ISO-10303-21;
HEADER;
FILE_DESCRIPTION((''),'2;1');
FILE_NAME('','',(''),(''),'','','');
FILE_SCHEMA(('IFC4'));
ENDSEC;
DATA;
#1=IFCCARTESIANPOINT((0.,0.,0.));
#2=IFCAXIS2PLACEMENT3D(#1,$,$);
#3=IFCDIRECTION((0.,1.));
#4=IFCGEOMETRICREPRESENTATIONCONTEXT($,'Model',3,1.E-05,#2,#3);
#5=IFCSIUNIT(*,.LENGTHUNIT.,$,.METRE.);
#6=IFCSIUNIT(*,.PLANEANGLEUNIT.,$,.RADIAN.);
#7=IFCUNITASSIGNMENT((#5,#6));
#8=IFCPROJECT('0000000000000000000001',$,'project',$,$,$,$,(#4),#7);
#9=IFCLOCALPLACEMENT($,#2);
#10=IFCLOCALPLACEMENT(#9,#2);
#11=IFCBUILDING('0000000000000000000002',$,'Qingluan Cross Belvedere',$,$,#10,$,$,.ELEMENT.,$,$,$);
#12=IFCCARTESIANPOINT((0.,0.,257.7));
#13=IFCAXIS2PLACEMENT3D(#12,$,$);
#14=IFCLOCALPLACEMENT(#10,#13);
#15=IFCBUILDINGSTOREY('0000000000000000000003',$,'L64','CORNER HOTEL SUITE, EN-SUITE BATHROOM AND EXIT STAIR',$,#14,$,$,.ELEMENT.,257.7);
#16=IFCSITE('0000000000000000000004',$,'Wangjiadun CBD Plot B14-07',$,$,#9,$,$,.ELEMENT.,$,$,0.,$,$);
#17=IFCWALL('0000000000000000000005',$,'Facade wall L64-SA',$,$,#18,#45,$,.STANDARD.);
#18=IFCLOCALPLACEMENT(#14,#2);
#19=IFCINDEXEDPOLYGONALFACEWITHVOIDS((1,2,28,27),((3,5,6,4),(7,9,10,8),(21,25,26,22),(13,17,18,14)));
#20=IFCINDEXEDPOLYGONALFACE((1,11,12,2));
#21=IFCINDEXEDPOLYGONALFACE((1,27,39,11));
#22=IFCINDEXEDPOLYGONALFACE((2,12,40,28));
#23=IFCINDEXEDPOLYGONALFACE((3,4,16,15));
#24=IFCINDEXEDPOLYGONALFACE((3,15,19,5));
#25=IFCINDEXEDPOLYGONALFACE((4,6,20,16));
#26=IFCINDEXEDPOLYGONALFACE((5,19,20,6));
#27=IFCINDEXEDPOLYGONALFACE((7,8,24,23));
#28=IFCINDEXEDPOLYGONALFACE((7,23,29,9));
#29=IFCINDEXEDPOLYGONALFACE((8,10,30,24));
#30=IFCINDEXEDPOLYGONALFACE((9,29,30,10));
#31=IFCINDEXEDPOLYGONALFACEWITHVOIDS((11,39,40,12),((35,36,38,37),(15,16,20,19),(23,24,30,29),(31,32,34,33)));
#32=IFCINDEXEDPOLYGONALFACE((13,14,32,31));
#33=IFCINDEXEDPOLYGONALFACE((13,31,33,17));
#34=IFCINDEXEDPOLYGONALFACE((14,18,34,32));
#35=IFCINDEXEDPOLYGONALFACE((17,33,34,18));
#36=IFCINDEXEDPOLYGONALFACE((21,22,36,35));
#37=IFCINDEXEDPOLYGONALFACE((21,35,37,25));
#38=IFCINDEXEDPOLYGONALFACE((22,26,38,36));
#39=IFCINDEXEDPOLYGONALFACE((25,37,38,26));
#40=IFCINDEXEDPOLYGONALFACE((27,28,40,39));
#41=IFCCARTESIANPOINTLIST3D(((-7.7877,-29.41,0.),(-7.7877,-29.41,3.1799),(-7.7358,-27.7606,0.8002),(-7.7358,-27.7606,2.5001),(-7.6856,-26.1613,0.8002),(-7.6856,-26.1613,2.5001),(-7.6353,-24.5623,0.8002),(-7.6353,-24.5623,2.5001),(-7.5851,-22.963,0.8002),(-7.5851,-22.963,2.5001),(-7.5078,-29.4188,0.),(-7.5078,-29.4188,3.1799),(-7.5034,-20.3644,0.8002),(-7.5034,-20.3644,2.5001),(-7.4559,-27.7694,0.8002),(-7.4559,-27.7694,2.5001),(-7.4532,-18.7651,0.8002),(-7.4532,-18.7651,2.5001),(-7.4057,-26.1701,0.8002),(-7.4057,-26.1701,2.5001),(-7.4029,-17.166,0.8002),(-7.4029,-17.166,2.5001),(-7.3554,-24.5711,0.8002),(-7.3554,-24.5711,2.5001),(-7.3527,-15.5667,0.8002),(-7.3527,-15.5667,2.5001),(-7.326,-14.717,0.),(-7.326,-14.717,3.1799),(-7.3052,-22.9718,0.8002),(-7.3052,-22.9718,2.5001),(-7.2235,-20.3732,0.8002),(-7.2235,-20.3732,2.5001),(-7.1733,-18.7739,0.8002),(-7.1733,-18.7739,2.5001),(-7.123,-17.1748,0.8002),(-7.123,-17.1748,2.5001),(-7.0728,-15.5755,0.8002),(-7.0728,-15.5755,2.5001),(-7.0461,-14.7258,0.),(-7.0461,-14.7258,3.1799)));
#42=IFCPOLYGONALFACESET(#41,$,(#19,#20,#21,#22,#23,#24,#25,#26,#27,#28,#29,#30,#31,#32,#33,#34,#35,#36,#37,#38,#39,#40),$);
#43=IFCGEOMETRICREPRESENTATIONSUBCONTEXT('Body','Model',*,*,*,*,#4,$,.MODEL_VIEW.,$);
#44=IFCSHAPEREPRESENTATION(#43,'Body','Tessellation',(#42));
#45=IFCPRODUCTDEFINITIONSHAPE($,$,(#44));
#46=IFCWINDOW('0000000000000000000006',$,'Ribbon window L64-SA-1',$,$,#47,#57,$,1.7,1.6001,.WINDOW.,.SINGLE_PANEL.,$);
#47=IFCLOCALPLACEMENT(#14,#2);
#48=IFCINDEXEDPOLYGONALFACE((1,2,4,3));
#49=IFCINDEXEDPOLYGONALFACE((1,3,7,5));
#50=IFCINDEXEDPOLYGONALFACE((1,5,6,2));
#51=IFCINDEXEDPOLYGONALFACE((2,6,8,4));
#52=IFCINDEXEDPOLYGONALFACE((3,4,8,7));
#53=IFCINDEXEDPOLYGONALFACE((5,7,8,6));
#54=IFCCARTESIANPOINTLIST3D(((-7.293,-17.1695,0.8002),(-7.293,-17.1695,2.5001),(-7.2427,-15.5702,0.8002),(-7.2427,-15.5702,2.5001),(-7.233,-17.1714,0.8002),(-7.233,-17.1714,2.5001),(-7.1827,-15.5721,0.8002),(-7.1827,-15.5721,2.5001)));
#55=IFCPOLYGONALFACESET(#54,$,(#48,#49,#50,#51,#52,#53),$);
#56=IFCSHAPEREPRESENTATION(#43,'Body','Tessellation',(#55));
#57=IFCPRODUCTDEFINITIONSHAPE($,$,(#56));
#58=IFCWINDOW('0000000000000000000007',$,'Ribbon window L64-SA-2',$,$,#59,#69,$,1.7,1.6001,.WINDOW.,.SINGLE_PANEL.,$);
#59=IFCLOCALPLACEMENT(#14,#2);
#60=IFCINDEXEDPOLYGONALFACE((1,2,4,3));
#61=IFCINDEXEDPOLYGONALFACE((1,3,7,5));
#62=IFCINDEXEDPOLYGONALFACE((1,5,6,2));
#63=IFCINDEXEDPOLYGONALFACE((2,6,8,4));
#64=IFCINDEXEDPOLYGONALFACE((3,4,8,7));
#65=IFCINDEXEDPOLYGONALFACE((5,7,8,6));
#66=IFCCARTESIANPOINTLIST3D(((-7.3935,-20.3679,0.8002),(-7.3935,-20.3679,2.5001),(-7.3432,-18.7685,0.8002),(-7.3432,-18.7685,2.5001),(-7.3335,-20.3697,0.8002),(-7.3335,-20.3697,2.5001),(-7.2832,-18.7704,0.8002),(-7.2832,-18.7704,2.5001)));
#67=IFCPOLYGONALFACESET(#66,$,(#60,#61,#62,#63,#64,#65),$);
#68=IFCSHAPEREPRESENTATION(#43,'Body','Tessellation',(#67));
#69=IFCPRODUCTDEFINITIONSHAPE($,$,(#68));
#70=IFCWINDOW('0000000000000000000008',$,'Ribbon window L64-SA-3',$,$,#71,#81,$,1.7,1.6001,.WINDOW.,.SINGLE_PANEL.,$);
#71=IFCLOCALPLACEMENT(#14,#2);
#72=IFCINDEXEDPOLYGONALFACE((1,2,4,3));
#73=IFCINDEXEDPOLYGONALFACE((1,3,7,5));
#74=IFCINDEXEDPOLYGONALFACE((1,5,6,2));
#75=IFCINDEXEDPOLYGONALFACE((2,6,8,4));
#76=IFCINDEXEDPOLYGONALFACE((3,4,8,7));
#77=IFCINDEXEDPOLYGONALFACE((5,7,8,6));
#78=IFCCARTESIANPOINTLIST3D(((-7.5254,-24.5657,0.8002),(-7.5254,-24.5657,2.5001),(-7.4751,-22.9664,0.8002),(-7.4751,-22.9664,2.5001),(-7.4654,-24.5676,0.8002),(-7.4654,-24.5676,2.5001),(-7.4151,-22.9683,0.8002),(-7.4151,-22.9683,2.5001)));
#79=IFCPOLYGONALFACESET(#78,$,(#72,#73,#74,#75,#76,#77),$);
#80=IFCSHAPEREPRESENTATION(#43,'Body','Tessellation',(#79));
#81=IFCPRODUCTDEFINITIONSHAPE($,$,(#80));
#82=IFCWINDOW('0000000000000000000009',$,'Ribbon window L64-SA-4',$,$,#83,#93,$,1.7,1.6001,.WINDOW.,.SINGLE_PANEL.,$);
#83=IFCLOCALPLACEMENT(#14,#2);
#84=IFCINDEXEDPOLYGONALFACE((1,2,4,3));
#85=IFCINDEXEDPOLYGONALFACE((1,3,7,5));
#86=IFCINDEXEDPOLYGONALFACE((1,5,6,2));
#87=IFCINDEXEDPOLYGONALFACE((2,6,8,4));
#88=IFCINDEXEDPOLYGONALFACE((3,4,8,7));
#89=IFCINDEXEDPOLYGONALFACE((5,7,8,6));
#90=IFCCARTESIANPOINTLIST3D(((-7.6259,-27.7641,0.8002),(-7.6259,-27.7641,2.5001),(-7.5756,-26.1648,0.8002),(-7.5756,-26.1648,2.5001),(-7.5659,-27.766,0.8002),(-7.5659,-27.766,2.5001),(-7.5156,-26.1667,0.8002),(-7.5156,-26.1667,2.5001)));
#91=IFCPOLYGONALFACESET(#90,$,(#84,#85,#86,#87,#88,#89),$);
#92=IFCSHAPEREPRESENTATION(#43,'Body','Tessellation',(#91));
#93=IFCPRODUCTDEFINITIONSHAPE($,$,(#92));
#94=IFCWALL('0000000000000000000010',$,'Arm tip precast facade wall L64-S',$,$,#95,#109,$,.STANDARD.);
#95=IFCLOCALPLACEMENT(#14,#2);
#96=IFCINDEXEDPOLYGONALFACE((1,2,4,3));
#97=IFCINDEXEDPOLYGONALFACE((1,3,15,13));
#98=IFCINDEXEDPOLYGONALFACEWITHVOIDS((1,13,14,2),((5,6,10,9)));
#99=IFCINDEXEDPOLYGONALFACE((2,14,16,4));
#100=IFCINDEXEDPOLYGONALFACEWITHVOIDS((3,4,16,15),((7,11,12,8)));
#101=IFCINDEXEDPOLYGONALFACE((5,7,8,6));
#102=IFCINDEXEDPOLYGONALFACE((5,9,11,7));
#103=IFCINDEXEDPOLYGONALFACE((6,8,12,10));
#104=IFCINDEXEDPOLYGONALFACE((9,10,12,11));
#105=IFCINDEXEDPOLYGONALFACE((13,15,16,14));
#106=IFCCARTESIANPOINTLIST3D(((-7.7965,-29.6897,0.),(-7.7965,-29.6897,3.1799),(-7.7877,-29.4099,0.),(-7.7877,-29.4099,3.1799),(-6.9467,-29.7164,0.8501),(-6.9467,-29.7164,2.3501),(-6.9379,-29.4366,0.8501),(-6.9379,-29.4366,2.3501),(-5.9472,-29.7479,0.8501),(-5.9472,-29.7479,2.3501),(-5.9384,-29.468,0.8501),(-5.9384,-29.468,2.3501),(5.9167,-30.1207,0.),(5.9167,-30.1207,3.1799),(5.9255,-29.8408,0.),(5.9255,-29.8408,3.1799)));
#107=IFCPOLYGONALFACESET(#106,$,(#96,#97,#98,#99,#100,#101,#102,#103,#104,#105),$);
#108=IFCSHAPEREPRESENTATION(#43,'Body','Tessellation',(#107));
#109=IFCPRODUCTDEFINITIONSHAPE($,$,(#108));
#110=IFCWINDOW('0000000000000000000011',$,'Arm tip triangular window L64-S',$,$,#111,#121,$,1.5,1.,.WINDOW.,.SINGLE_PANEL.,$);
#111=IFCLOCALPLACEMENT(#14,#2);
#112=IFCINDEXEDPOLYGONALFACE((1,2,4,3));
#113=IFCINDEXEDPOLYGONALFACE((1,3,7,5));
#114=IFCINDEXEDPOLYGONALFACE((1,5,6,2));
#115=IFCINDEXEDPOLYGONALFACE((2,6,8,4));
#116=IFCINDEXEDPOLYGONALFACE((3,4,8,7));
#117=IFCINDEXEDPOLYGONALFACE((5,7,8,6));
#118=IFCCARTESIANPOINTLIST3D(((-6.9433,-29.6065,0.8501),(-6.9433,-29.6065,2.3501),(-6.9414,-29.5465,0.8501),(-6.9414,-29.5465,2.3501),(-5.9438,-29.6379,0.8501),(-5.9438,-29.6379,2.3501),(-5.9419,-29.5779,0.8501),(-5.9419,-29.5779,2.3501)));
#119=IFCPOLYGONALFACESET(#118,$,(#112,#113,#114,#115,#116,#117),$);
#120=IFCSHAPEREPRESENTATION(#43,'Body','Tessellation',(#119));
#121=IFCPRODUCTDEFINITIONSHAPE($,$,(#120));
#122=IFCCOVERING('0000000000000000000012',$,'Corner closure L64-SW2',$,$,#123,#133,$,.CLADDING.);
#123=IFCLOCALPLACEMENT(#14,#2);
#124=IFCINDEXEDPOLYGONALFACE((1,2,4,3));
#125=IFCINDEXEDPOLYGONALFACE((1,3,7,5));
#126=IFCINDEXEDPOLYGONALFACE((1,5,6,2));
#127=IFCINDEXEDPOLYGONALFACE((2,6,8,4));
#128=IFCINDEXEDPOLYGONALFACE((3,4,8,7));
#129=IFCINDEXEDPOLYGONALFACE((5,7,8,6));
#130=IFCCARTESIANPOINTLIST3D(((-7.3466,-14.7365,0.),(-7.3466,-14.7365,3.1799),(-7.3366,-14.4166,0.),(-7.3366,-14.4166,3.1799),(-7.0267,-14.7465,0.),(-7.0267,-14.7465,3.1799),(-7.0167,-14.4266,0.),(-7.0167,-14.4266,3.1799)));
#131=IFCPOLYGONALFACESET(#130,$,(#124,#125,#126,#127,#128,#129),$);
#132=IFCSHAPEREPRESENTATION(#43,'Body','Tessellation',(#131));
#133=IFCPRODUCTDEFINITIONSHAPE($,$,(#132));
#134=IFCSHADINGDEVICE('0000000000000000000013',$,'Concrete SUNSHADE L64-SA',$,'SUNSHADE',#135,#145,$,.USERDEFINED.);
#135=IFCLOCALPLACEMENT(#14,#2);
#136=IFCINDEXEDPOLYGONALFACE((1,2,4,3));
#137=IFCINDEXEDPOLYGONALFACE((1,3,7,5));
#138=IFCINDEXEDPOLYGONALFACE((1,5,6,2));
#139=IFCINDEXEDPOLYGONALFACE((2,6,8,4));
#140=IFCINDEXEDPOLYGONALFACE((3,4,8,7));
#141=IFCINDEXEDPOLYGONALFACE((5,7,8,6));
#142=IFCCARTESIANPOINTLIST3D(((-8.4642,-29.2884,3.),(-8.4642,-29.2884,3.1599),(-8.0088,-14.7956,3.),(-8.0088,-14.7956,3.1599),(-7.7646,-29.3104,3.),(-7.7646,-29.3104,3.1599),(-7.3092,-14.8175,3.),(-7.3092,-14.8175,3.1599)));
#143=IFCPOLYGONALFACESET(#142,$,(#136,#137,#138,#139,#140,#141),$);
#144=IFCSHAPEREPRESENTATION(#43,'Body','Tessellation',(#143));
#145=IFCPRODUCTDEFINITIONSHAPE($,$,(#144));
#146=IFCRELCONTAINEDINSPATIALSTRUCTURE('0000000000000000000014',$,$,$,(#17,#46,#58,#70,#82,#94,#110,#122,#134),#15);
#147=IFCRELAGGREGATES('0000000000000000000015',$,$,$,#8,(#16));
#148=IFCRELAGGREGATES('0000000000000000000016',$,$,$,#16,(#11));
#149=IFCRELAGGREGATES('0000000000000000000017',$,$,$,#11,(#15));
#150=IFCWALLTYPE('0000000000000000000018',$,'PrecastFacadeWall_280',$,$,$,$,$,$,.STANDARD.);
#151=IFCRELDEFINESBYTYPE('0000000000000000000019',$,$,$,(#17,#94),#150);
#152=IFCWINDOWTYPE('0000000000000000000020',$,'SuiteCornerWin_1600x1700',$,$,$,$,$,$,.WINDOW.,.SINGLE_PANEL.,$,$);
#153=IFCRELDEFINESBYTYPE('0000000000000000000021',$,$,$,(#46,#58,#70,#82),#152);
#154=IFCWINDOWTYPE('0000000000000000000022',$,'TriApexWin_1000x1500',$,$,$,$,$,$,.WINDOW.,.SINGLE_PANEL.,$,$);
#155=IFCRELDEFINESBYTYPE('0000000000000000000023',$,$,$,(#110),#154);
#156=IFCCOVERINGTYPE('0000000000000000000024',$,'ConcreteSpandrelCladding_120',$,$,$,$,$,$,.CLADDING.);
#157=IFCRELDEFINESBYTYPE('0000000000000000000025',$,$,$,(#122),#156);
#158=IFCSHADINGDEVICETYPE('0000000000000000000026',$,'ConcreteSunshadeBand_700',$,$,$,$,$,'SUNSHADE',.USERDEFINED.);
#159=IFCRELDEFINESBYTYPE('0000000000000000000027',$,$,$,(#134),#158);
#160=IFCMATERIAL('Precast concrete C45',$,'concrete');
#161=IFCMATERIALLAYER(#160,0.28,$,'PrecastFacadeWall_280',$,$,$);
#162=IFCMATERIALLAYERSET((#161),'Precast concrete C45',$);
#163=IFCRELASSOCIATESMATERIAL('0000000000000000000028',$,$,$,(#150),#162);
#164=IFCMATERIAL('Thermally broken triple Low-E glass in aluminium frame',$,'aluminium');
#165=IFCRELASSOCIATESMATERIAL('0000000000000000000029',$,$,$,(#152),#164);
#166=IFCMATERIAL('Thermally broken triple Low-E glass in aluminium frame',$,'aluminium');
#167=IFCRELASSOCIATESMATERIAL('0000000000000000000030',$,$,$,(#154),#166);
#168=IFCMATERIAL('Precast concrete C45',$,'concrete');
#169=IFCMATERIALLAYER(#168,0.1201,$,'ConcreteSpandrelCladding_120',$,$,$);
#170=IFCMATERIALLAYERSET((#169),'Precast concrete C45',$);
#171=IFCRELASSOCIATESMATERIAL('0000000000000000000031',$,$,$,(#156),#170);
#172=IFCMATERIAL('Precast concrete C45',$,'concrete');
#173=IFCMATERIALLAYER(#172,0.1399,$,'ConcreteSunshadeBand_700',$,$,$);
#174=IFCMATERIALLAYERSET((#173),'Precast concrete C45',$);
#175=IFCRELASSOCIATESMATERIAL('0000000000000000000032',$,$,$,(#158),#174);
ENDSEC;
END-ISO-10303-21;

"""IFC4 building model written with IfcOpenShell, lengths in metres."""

from ifc_helpers import new_model, si_unit, direction, frame, frame_2d, origin, origin_2d, place, context, subcontext, project, spatial, rectangle, extrude, material, layer, layer_set, type_object, element, fill, save


model = new_model("IFC4")

# Units and contexts
model_context = context("Model", 3, precision=1e-05, world=origin(), true_north=direction((0.0, 1.0)))
body_context = subcontext(model_context, "Body", "Model", "MODEL_VIEW")
ifc_project = project(units=[si_unit("LENGTHUNIT", "METRE"), si_unit("PLANEANGLEUNIT", "RADIAN")], contexts=[model_context])

# Site, building, storey
site_placement = place(None, origin())
site = spatial("IfcSite", under=ifc_project, at=site_placement, Name="Wangjiadun CBD Plot B14-07", CompositionType="ELEMENT", RefElevation=0.0)
building_placement = place(site_placement, origin())
building = spatial("IfcBuilding", under=site, at=building_placement, Name="Qingluan Cross Belvedere", CompositionType="ELEMENT")
storey_placement = place(building_placement, frame((0.0, 0.0, 257.7)))
storey = spatial("IfcBuildingStorey", under=building, at=storey_placement, Name="L64", Description="CORNER HOTEL SUITE, EN-SUITE BATHROOM AND EXIT STAIR", CompositionType="ELEMENT", Elevation=257.7)

# Wall, openings, windows
ifc_material_1 = material(Name="Precast concrete C45", Category="concrete")
ifc_layer_1 = layer(ifc_material_1, 0.28, Name="PrecastFacadeWall_280")
ifc_layer_set_1 = layer_set([ifc_layer_1], Name="Precast concrete C45")
wall_type_1 = type_object("IfcWallType", Name="PrecastFacadeWall_280", PredefinedType="STANDARD", material=ifc_layer_set_1)
wall_1_placement = place(storey_placement, frame((-7.186, -14.7214, 0.0), z_axis=(0.0, 0.0, 1.0), x_axis=(-0.031406, -0.999507, 0.0)))
wall_1 = element("IfcWall", 1, at=wall_1_placement, inside=storey, type_object=wall_type_1, Name="Facade wall L64-SA", PredefinedType="STANDARD", context=body_context, shape_type="SweptSolid", body=[
    extrude(rectangle(XDim=14.7002, YDim=0.28, at=frame_2d((7.3501, 0.0))), origin(), (0.0, 0.0, 1.0), 3.1799),
])
opening_1_placement = place(wall_1_placement, frame((0.8501, 0.0, 0.8)))
opening_1 = element("IfcOpeningElement", 2, at=opening_1_placement, cuts=wall_1, PredefinedType="OPENING", context=body_context, shape_type="SweptSolid", body=[
    extrude(rectangle(XDim=1.6001, YDim=1.7, at=frame_2d((0.8, 0.8501))), frame((0.0, 0.1499, 0.0), z_axis=(0.0, -1.0, 0.0), x_axis=(1.0, 0.0, 0.0)), (0.0, 0.0, 1.0), 0.3),
])
opening_2_placement = place(wall_1_placement, frame((4.05, 0.0, 0.8)))
opening_2 = element("IfcOpeningElement", 3, at=opening_2_placement, cuts=wall_1, PredefinedType="OPENING", context=body_context, shape_type="SweptSolid", body=[
    extrude(rectangle(XDim=1.6001, YDim=1.7, at=frame_2d((0.8, 0.8501))), frame((0.0, 0.1499, 0.0), z_axis=(0.0, -1.0, 0.0), x_axis=(1.0, 0.0, 0.0)), (0.0, 0.0, 1.0), 0.3),
])
opening_3_placement = place(wall_1_placement, frame((8.25, 0.0, 0.8)))
opening_3 = element("IfcOpeningElement", 4, at=opening_3_placement, cuts=wall_1, PredefinedType="OPENING", context=body_context, shape_type="SweptSolid", body=[
    extrude(rectangle(XDim=1.6001, YDim=1.7, at=frame_2d((0.8, 0.8501))), frame((0.0, 0.1499, 0.0), z_axis=(0.0, -1.0, 0.0), x_axis=(1.0, 0.0, 0.0)), (0.0, 0.0, 1.0), 0.3),
])
opening_4_placement = place(wall_1_placement, frame((11.45, 0.0, 0.8)))
opening_4 = element("IfcOpeningElement", 5, at=opening_4_placement, cuts=wall_1, PredefinedType="OPENING", context=body_context, shape_type="SweptSolid", body=[
    extrude(rectangle(XDim=1.6001, YDim=1.7, at=frame_2d((0.8, 0.8501))), frame((0.0, 0.1499, 0.0), z_axis=(0.0, -1.0, 0.0), x_axis=(1.0, 0.0, 0.0)), (0.0, 0.0, 1.0), 0.3),
])
ifc_material_2 = material(Name="Thermally broken triple Low-E glass in aluminium frame", Category="aluminium")
window_type_1 = type_object("IfcWindowType", Name="SuiteCornerWin_1600x1700", PartitioningType="SINGLE_PANEL", PredefinedType="WINDOW", material=ifc_material_2)
window_1_placement = place(opening_1_placement, origin())
window_1 = element("IfcWindow", 6, at=window_1_placement, inside=storey, type_object=window_type_1, Name="Ribbon window L64-SA-1", OverallHeight=1.7, OverallWidth=1.6001, PartitioningType="SINGLE_PANEL", PredefinedType="WINDOW", context=body_context, shape_type="SweptSolid", body=[
    extrude(rectangle(XDim=1.6001, YDim=1.7, at=frame_2d((0.8, 0.8501))), frame((0.0, 0.03, 0.0), z_axis=(0.0, -1.0, 0.0), x_axis=(1.0, 0.0, 0.0)), (0.0, 0.0, 1.0), 0.0601),
])
fill(opening_1, window_1)
window_2_placement = place(opening_2_placement, origin())
window_2 = element("IfcWindow", 7, at=window_2_placement, inside=storey, type_object=window_type_1, Name="Ribbon window L64-SA-2", OverallHeight=1.7, OverallWidth=1.6001, PartitioningType="SINGLE_PANEL", PredefinedType="WINDOW", context=body_context, shape_type="SweptSolid", body=[
    extrude(rectangle(XDim=1.6001, YDim=1.7, at=frame_2d((0.8, 0.8501))), frame((0.0, 0.03, 0.0), z_axis=(0.0, -1.0, 0.0), x_axis=(1.0, 0.0, 0.0)), (0.0, 0.0, 1.0), 0.0601),
])
fill(opening_2, window_2)
window_3_placement = place(opening_3_placement, origin())
window_3 = element("IfcWindow", 8, at=window_3_placement, inside=storey, type_object=window_type_1, Name="Ribbon window L64-SA-3", OverallHeight=1.7, OverallWidth=1.6001, PartitioningType="SINGLE_PANEL", PredefinedType="WINDOW", context=body_context, shape_type="SweptSolid", body=[
    extrude(rectangle(XDim=1.6001, YDim=1.7, at=frame_2d((0.8, 0.8501))), frame((0.0, 0.03, 0.0), z_axis=(0.0, -1.0, 0.0), x_axis=(1.0, 0.0, 0.0)), (0.0, 0.0, 1.0), 0.0601),
])
fill(opening_3, window_3)
window_4_placement = place(opening_4_placement, origin())
window_4 = element("IfcWindow", 9, at=window_4_placement, inside=storey, type_object=window_type_1, Name="Ribbon window L64-SA-4", OverallHeight=1.7, OverallWidth=1.6001, PartitioningType="SINGLE_PANEL", PredefinedType="WINDOW", context=body_context, shape_type="SweptSolid", body=[
    extrude(rectangle(XDim=1.6001, YDim=1.7, at=frame_2d((0.8, 0.8501))), frame((0.0, 0.03, 0.0), z_axis=(0.0, -1.0, 0.0), x_axis=(1.0, 0.0, 0.0)), (0.0, 0.0, 1.0), 0.0601),
])
fill(opening_4, window_4)

# Wall, opening, window
wall_2_placement = place(storey_placement, frame((-7.792, -29.5498, 0.0), z_axis=(0.0, 0.0, 1.0), x_axis=(0.999507, -0.031408, 0.0)))
wall_2 = element("IfcWall", 10, at=wall_2_placement, inside=storey, type_object=wall_type_1, Name="Arm tip precast facade wall L64-S", PredefinedType="STANDARD", context=body_context, shape_type="SweptSolid", body=[
    extrude(rectangle(XDim=13.72, YDim=0.28, at=frame_2d((6.8599, 0.0))), origin(), (0.0, 0.0, 1.0), 3.1799),
])
opening_5_placement = place(wall_2_placement, frame((0.8501, 0.0, 0.8501)))
opening_5 = element("IfcOpeningElement", 11, at=opening_5_placement, cuts=wall_2, PredefinedType="OPENING", context=body_context, shape_type="SweptSolid", body=[
    extrude(rectangle(XDim=1.0, YDim=1.5, at=frame_2d((0.5, 0.75))), frame((0.0, 0.1499, 0.0), z_axis=(0.0, -1.0, 0.0), x_axis=(1.0, 0.0, 0.0)), (0.0, 0.0, 1.0), 0.3),
])
ifc_material_3 = material(Name="Thermally broken triple Low-E glass in aluminium frame", Category="aluminium")
window_type_2 = type_object("IfcWindowType", Name="TriApexWin_1000x1500", PartitioningType="SINGLE_PANEL", PredefinedType="WINDOW", material=ifc_material_3)
window_5_placement = place(opening_5_placement, origin())
window_5 = element("IfcWindow", 12, at=window_5_placement, inside=storey, type_object=window_type_2, Name="Arm tip triangular window L64-S", OverallHeight=1.5, OverallWidth=1.0, PartitioningType="SINGLE_PANEL", PredefinedType="WINDOW", context=body_context, shape_type="SweptSolid", body=[
    extrude(rectangle(XDim=1.0, YDim=1.5, at=frame_2d((0.5, 0.75))), frame((0.0, 0.03, 0.0), z_axis=(0.0, -1.0, 0.0), x_axis=(1.0, 0.0, 0.0)), (0.0, 0.0, 1.0), 0.0601),
])
fill(opening_5, window_5)

# Covering
ifc_material_4 = material(Name="Precast concrete C45", Category="concrete")
ifc_layer_2 = layer(ifc_material_4, 0.1201, Name="ConcreteSpandrelCladding_120")
ifc_layer_set_2 = layer_set([ifc_layer_2], Name="Precast concrete C45")
covering_type = type_object("IfcCoveringType", Name="ConcreteSpandrelCladding_120", PredefinedType="CLADDING", material=ifc_layer_set_2)
covering_placement = place(storey_placement, frame((-7.1816, -14.5815, 0.0), z_axis=(0.0, 0.0, 1.0), x_axis=(0.999507, -0.031411, 0.0)))
element("IfcCovering", 13, at=covering_placement, inside=storey, type_object=covering_type, Name="Corner closure L64-SW2", PredefinedType="CLADDING", context=body_context, shape_type="SweptSolid", body=[
    extrude(rectangle(XDim=0.3201, YDim=0.3201, at=origin_2d()), origin(), (0.0, 0.0, 1.0), 3.1799),
])

# Shading device
ifc_material_5 = material(Name="Precast concrete C45", Category="concrete")
ifc_layer_3 = layer(ifc_material_5, 0.1399, Name="ConcreteSunshadeBand_700")
ifc_layer_set_3 = layer_set([ifc_layer_3], Name="Precast concrete C45")
shading_device_type = type_object("IfcShadingDeviceType", Name="ConcreteSunshadeBand_700", ElementType="SUNSHADE", PredefinedType="USERDEFINED", material=ifc_layer_set_3)
shading_device_placement = place(storey_placement, frame((-7.8867, -22.053, 3.0), z_axis=(0.0, 0.0, 1.0), x_axis=(-0.031408, -0.999507, 0.0)))
element("IfcShadingDevice", 14, at=shading_device_placement, inside=storey, type_object=shading_device_type, Name="Concrete SUNSHADE L64-SA", ObjectType="SUNSHADE", PredefinedType="USERDEFINED", context=body_context, shape_type="SweptSolid", body=[
    extrude(rectangle(XDim=14.5, YDim=0.7, at=origin_2d()), origin(), (0.0, 0.0, 1.0), 0.1599),
])

save(model, "model.ifc")
